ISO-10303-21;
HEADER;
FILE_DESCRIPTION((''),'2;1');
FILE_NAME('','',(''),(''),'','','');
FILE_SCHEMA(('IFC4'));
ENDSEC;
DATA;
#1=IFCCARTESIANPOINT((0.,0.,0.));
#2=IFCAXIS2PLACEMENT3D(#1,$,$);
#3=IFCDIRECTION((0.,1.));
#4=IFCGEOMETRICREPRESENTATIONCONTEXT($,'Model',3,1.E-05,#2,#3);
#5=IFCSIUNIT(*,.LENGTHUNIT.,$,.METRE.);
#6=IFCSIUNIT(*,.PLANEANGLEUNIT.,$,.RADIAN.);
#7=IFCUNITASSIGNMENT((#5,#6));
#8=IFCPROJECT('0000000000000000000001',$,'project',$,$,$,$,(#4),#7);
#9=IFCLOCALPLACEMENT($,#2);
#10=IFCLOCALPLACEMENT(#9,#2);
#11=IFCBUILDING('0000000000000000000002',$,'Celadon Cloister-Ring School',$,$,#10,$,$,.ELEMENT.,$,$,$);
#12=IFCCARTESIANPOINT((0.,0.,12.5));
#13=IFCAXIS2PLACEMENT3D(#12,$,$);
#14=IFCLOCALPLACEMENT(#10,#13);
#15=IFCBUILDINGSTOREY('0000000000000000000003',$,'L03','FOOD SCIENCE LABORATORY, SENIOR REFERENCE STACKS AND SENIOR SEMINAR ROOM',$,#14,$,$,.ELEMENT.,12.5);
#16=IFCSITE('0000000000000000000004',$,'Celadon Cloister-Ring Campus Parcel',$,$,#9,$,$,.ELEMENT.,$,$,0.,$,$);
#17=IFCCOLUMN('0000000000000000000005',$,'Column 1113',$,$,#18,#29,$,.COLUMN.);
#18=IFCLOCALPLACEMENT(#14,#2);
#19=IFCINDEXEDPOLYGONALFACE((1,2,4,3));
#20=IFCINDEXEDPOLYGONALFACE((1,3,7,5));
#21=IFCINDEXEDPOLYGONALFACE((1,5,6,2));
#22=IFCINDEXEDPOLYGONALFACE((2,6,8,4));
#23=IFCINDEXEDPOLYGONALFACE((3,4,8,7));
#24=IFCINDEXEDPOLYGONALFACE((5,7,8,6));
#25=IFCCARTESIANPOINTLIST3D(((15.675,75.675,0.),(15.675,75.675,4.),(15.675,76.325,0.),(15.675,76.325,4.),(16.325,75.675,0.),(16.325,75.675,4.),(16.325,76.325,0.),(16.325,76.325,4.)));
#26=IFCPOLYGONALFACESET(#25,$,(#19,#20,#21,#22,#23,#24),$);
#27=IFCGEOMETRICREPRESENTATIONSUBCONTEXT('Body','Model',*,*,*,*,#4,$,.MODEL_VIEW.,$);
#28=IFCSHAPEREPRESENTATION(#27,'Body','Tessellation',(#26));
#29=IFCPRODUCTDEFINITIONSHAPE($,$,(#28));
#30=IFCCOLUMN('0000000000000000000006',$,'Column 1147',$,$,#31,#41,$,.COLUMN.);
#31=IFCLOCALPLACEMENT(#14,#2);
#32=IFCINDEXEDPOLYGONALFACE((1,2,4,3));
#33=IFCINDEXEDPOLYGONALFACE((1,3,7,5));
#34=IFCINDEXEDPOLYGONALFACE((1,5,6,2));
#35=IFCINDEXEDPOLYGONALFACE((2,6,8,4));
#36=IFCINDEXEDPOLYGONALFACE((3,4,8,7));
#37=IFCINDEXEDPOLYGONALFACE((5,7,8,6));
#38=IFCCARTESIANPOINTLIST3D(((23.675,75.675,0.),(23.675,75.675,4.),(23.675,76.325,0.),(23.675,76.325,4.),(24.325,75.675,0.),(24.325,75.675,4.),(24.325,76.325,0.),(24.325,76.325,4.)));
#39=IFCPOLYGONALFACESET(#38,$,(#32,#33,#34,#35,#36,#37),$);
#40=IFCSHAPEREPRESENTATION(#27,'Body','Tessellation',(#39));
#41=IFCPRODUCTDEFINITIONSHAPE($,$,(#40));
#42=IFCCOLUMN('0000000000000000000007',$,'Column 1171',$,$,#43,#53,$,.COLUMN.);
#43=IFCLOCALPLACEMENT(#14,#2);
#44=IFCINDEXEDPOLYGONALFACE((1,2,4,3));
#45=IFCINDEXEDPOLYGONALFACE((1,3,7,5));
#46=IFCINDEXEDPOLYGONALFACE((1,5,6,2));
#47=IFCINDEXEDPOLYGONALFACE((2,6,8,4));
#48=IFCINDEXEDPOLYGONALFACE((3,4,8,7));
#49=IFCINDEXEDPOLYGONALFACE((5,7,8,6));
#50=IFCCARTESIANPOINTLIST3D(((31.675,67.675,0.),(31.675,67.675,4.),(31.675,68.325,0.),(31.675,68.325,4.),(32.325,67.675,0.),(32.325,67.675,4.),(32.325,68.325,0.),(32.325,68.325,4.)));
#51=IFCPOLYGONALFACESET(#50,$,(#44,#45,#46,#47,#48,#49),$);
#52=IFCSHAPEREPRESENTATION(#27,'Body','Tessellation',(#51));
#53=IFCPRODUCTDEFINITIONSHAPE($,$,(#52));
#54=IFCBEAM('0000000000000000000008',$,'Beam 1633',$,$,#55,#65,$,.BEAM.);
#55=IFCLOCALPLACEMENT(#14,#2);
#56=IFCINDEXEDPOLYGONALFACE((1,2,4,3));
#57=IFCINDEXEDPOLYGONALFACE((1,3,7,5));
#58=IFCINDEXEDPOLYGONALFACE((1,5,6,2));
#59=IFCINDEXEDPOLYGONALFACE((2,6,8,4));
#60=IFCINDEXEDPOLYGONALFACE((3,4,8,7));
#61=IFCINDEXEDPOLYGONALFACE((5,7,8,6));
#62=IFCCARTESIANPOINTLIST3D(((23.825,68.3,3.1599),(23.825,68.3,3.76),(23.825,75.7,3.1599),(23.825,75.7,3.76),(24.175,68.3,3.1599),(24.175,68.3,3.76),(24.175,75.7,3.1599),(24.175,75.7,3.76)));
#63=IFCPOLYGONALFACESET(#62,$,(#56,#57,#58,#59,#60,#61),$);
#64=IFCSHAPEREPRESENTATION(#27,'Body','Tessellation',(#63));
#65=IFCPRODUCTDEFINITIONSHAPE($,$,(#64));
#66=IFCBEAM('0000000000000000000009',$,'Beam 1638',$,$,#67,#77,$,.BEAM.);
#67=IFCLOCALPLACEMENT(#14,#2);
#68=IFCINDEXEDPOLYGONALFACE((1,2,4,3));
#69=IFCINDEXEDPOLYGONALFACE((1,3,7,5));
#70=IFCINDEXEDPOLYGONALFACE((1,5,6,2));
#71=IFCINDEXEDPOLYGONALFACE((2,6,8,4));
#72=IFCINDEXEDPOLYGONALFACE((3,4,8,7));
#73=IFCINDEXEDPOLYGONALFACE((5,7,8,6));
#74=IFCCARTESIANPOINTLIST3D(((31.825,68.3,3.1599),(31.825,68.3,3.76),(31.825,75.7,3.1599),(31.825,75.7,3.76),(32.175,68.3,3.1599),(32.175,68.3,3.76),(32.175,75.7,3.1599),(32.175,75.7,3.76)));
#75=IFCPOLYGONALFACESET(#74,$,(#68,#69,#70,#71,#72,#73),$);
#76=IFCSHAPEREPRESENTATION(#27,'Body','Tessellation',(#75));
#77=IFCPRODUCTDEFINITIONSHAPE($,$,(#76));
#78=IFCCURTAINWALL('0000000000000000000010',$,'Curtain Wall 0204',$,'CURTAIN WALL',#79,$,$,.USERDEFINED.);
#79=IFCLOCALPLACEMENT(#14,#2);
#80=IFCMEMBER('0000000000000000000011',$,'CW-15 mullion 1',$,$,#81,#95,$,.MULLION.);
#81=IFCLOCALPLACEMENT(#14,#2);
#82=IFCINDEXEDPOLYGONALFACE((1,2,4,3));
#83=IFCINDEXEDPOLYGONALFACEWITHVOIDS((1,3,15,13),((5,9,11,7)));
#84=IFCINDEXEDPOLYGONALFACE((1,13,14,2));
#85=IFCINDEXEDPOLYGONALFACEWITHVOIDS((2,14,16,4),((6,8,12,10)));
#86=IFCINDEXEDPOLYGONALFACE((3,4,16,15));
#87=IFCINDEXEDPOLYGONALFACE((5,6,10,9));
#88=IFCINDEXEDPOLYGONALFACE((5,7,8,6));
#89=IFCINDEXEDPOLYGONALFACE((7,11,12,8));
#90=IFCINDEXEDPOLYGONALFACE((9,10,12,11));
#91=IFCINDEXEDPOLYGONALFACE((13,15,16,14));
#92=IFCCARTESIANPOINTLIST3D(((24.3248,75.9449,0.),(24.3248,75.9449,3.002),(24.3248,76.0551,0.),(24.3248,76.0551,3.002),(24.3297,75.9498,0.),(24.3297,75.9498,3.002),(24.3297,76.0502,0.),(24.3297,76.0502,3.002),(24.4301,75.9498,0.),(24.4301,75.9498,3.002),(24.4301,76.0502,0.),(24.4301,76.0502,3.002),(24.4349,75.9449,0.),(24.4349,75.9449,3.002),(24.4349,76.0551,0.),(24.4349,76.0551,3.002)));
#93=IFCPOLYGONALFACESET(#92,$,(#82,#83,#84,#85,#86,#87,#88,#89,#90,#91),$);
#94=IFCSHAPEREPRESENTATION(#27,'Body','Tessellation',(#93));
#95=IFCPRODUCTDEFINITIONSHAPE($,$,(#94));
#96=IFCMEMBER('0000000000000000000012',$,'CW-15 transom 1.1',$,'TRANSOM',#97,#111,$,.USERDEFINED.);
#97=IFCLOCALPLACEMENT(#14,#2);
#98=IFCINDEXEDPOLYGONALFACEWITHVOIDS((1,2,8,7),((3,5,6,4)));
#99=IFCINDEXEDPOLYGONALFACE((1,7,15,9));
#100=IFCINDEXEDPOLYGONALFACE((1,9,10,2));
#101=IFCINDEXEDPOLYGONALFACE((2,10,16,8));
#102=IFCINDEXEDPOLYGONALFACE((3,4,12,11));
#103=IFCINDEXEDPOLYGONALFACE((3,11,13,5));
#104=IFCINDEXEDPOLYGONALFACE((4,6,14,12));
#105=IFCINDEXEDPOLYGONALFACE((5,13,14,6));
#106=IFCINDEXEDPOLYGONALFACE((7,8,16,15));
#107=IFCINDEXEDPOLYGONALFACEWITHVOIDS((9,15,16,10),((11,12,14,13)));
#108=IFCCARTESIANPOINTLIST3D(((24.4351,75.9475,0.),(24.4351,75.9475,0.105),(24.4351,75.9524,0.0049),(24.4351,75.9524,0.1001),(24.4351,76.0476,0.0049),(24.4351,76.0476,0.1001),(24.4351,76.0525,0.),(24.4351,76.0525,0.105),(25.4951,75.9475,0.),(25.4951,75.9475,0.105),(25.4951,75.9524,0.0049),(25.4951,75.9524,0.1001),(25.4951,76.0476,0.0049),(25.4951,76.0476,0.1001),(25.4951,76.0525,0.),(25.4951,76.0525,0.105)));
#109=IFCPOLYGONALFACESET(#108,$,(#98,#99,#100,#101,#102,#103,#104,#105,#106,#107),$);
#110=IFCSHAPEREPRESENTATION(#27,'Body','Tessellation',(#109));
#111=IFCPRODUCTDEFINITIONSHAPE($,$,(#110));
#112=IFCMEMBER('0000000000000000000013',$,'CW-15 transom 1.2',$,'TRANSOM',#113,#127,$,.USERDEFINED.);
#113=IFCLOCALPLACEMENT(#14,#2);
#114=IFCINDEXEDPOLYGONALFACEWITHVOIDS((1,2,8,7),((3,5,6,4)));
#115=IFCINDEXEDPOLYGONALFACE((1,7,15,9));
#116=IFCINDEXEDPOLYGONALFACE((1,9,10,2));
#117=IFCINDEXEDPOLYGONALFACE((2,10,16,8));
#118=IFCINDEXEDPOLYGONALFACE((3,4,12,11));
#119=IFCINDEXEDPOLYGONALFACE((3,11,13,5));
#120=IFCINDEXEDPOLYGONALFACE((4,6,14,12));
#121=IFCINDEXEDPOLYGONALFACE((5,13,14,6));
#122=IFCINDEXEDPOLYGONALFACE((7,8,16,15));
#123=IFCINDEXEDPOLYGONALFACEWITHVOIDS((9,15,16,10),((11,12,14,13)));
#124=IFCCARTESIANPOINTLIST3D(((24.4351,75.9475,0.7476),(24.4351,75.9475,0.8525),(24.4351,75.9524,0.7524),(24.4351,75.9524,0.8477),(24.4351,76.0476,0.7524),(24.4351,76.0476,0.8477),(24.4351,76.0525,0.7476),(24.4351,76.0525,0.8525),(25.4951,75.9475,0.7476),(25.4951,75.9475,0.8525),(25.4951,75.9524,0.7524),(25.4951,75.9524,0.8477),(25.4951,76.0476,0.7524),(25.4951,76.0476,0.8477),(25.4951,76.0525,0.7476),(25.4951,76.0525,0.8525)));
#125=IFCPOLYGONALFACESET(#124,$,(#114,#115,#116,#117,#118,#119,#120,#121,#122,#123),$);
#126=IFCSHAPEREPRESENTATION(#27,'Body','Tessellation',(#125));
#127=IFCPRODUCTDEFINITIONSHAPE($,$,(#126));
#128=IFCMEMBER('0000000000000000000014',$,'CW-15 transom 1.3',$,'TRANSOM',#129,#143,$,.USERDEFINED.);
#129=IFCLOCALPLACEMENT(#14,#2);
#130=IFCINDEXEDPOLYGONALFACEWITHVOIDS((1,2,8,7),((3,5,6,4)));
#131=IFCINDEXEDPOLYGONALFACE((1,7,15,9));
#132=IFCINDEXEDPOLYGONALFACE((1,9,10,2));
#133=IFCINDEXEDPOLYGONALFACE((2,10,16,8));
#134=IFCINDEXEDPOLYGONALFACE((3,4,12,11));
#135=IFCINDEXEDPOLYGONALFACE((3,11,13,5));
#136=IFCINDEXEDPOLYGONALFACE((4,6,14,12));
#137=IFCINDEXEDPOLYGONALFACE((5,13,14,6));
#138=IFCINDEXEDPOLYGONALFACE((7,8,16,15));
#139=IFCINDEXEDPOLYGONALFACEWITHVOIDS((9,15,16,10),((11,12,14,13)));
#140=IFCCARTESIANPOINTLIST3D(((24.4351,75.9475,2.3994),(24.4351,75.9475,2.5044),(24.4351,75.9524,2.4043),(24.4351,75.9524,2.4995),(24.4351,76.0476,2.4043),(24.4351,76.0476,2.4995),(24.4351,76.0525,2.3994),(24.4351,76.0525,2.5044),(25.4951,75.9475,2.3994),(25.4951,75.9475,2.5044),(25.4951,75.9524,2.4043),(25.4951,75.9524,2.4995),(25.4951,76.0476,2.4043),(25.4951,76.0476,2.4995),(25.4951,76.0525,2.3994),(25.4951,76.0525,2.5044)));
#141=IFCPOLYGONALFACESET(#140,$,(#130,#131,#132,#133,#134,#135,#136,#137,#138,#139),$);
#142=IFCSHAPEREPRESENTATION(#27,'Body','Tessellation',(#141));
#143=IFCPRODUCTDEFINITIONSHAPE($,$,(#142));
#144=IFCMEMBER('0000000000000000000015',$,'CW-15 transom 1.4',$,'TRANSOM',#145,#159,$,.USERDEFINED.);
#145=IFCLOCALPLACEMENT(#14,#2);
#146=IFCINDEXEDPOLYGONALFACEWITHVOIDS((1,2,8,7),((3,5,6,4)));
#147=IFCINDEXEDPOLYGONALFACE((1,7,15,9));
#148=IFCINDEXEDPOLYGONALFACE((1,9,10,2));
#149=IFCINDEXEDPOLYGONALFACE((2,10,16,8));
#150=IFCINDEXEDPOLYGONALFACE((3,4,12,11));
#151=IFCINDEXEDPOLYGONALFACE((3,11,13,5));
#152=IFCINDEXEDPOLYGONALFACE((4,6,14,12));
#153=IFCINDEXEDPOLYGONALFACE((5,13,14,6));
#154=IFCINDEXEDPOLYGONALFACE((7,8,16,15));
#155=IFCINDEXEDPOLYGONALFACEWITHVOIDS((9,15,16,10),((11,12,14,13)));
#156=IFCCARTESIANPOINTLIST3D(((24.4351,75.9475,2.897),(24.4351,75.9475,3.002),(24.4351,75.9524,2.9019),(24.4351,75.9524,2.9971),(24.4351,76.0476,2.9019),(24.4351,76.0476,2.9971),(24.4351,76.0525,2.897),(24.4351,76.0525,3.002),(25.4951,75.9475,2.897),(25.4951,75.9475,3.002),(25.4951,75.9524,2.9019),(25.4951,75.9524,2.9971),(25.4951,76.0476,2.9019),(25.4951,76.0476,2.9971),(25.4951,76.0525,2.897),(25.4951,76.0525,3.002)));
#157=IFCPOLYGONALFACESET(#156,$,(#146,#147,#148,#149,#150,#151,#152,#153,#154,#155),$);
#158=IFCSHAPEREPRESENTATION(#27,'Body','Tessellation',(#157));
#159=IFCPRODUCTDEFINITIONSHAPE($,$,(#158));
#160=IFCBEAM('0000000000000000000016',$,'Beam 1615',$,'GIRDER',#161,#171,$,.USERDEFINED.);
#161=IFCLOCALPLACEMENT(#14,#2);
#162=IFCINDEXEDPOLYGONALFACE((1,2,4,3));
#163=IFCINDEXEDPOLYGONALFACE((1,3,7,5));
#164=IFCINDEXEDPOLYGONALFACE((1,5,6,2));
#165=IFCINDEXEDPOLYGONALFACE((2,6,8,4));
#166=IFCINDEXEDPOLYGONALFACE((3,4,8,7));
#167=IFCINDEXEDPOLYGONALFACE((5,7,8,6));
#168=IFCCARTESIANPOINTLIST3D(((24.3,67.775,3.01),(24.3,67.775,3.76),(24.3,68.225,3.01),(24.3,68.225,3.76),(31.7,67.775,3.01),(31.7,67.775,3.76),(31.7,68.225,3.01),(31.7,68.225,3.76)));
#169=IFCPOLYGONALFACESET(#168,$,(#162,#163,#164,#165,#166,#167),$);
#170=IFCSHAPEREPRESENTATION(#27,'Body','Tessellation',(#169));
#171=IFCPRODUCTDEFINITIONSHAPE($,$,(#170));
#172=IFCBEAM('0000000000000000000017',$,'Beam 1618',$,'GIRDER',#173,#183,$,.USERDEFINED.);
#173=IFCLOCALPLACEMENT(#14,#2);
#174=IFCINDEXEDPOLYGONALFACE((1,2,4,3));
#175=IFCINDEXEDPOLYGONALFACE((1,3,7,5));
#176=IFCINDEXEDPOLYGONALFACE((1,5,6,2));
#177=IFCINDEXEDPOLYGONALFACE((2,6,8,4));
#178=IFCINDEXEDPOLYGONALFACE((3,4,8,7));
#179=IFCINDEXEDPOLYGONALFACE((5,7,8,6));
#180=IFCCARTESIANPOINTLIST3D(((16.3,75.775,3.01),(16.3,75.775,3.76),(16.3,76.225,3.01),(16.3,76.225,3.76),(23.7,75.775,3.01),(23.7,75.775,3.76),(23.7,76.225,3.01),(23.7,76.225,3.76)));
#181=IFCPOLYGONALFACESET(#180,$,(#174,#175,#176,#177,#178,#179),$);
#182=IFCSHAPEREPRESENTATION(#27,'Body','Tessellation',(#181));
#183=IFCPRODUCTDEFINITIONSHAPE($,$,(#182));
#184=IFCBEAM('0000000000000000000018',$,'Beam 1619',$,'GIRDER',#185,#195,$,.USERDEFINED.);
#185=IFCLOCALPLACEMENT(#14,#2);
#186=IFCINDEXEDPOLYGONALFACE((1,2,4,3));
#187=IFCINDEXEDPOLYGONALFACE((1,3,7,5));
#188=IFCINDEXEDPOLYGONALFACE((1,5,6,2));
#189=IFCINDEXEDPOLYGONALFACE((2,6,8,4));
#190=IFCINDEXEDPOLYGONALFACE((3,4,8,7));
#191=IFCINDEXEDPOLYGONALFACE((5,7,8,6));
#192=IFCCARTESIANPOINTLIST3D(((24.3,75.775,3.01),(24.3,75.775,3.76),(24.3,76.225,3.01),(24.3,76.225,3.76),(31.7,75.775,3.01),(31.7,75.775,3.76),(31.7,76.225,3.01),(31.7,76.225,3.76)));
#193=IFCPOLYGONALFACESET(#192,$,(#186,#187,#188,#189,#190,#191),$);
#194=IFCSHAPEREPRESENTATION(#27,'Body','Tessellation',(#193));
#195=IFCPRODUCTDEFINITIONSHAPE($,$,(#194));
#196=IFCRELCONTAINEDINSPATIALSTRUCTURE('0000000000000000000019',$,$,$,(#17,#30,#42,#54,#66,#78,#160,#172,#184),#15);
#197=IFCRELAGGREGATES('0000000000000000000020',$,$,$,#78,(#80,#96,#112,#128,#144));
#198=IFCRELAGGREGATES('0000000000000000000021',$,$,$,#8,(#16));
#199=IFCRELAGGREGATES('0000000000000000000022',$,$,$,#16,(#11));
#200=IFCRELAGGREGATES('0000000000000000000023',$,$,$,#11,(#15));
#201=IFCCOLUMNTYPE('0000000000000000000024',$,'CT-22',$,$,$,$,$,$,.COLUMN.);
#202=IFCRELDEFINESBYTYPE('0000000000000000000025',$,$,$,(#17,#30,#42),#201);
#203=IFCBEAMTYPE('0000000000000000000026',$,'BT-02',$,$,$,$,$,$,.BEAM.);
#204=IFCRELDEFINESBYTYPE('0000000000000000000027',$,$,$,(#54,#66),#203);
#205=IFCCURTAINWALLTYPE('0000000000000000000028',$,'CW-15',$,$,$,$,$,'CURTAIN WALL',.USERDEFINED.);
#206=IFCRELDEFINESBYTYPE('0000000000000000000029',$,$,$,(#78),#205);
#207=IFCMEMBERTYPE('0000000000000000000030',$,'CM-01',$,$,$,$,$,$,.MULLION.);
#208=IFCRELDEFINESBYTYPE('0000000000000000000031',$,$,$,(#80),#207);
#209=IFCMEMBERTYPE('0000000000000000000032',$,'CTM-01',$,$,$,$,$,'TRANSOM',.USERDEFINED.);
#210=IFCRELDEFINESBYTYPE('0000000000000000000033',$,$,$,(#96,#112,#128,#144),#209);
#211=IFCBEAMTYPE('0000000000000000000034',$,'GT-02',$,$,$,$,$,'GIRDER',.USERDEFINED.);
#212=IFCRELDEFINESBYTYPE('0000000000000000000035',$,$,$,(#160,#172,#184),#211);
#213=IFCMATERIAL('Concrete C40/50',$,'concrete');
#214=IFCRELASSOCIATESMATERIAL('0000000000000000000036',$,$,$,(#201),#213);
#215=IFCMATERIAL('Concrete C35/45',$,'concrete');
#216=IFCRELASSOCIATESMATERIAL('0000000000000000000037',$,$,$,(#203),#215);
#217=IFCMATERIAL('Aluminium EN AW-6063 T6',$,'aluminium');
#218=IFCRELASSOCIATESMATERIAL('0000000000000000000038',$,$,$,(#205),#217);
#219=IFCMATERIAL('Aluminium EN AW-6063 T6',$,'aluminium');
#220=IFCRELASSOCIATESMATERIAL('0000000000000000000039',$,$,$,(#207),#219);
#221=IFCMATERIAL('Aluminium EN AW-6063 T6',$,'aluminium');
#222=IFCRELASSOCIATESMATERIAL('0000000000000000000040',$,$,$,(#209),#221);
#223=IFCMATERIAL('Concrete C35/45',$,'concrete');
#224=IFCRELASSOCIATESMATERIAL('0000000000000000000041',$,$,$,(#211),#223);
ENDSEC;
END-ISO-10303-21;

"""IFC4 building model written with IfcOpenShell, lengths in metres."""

from ifc_helpers import new_model, si_unit, direction, frame, origin, origin_2d, place, context, subcontext, project, spatial, rectangle, hollow_rectangle, extrude, material, material_profile, profile_set, type_object, element, aggregate, save


model = new_model("IFC4")

# Units and contexts
model_context = context("Model", 3, precision=1e-05, world=origin(), true_north=direction((0.0, 1.0)))
body_context = subcontext(model_context, "Body", "Model", "MODEL_VIEW")
ifc_project = project(units=[si_unit("LENGTHUNIT", "METRE"), si_unit("PLANEANGLEUNIT", "RADIAN")], contexts=[model_context])

# Site, building, storey
site_placement = place(None, origin())
site = spatial("IfcSite", under=ifc_project, at=site_placement, Name="Celadon Cloister-Ring Campus Parcel", CompositionType="ELEMENT", RefElevation=0.0)
building_placement = place(site_placement, origin())
building = spatial("IfcBuilding", under=site, at=building_placement, Name="Celadon Cloister-Ring School", CompositionType="ELEMENT")
storey_placement = place(building_placement, frame((0.0, 0.0, 12.5)))
storey = spatial("IfcBuildingStorey", under=building, at=storey_placement, Name="L03", Description="FOOD SCIENCE LABORATORY, SENIOR REFERENCE STACKS AND SENIOR SEMINAR ROOM", CompositionType="ELEMENT", Elevation=12.5)

# Columns
ifc_material_1 = material(Name="Concrete C40/50", Category="concrete")
ifc_material_profile_1 = material_profile(ifc_material_1, rectangle(XDim=0.6499, YDim=0.6499, at=origin_2d()), Name="RC650X650")
ifc_profile_set_1 = profile_set([ifc_material_profile_1], Name="Concrete C40/50")
column_type = type_object("IfcColumnType", Name="CT-22", PredefinedType="COLUMN", material=ifc_profile_set_1)
for number, where, z_axis, x_axis, name in (
    (1, (16.0, 76.0, 0.0), (0.0, 0.0, 1.0), (1.0, 0.0, 0.0), "Column 1113"),
    (2, (24.0, 76.0, 0.0), (0.0, 0.0, 1.0), (1.0, 0.0, 0.0), "Column 1147"),
    (3, (32.0, 68.0, 0.0), (0.0, 0.0, 1.0), (1.0, 0.0, 0.0), "Column 1171"),
):
    element("IfcColumn", number, at=place(storey_placement, frame(where, z_axis=z_axis, x_axis=x_axis)), inside=storey, type_object=column_type, Name=name, PredefinedType="COLUMN", context=body_context, shape_type="SweptSolid", body=[
        extrude(rectangle(XDim=0.6499, YDim=0.6499, at=origin_2d()), origin(), (0.0, 0.0, 1.0), 4.0),
    ])

# Beams
ifc_material_2 = material(Name="Concrete C35/45", Category="concrete")
ifc_material_profile_2 = material_profile(ifc_material_2, rectangle(XDim=0.3501, YDim=0.6001, at=origin_2d()), Name="RC350X600")
ifc_profile_set_2 = profile_set([ifc_material_profile_2], Name="Concrete C35/45")
beam_type_1 = type_object("IfcBeamType", Name="BT-02", PredefinedType="BEAM", material=ifc_profile_set_2)
for number, where, z_axis, x_axis, name in (
    (4, (24.0, 68.3, 3.46), (0.0, 1.0, 0.0), (-1.0, 0.0, 0.0), "Beam 1633"),
    (5, (32.0, 68.3, 3.46), (0.0, 1.0, 0.0), (-1.0, 0.0, 0.0), "Beam 1638"),
):
    element("IfcBeam", number, at=place(storey_placement, frame(where, z_axis=z_axis, x_axis=x_axis)), inside=storey, type_object=beam_type_1, Name=name, PredefinedType="BEAM", context=body_context, shape_type="SweptSolid", body=[
        extrude(rectangle(XDim=0.3501, YDim=0.6001, at=origin_2d()), origin(), (0.0, 0.0, 1.0), 7.3999),
    ])

# Curtain wall, members
ifc_material_3 = material(Name="Aluminium EN AW-6063 T6", Category="aluminium")
curtain_wall_type = type_object("IfcCurtainWallType", Name="CW-15", ElementType="CURTAIN WALL", PredefinedType="USERDEFINED", material=ifc_material_3)
curtain_wall_placement = place(storey_placement, origin())
curtain_wall = element("IfcCurtainWall", 6, at=curtain_wall_placement, inside=storey, type_object=curtain_wall_type, Name="Curtain Wall 0204", ObjectType="CURTAIN WALL", PredefinedType="USERDEFINED")
ifc_material_4 = material(Name="Aluminium EN AW-6063 T6", Category="aluminium")
ifc_material_profile_3 = material_profile(ifc_material_4, hollow_rectangle(XDim=0.1101, YDim=0.1101, WallThickness=0.0049, at=origin_2d()), Name="RHS110X110X5")
ifc_profile_set_3 = profile_set([ifc_material_profile_3], Name="Aluminium EN AW-6063 T6")
member_type_1 = type_object("IfcMemberType", Name="CM-01", PredefinedType="MULLION", material=ifc_profile_set_3)
member_1_placement = place(storey_placement, frame((24.3799, 76.0, 0.0), z_axis=(0.0, 0.0, 1.0), x_axis=(0.0, 1.0, 0.0)))
member_1 = element("IfcMember", 7, at=member_1_placement, type_object=member_type_1, Name="CW-15 mullion 1", PredefinedType="MULLION", context=body_context, shape_type="SweptSolid", body=[
    extrude(hollow_rectangle(XDim=0.1101, YDim=0.1101, WallThickness=0.0049, at=origin_2d()), origin(), (0.0, 0.0, 1.0), 3.002),
])
ifc_material_5 = material(Name="Aluminium EN AW-6063 T6", Category="aluminium")
ifc_material_profile_4 = material_profile(ifc_material_5, hollow_rectangle(XDim=0.105, YDim=0.105, WallThickness=0.0049, at=origin_2d()), Name="RHS105X105X5")
ifc_profile_set_4 = profile_set([ifc_material_profile_4], Name="Aluminium EN AW-6063 T6")
member_type_2 = type_object("IfcMemberType", Name="CTM-01", ElementType="TRANSOM", PredefinedType="USERDEFINED", material=ifc_profile_set_4)
member_2_placement = place(storey_placement, frame((24.4351, 76.0, 0.0525), z_axis=(1.0, 0.0, 0.0), x_axis=(0.0, 1.0, 0.0)))
member_2 = element("IfcMember", 8, at=member_2_placement, type_object=member_type_2, Name="CW-15 transom 1.1", ObjectType="TRANSOM", PredefinedType="USERDEFINED", context=body_context, shape_type="SweptSolid", body=[
    extrude(hollow_rectangle(XDim=0.105, YDim=0.105, WallThickness=0.0049, at=origin_2d()), origin(), (0.0, 0.0, 1.0), 1.0601),
])
member_3_placement = place(storey_placement, frame((24.4351, 76.0, 0.8), z_axis=(1.0, 0.0, 0.0), x_axis=(0.0, 1.0, 0.0)))
member_3 = element("IfcMember", 9, at=member_3_placement, type_object=member_type_2, Name="CW-15 transom 1.2", ObjectType="TRANSOM", PredefinedType="USERDEFINED", context=body_context, shape_type="SweptSolid", body=[
    extrude(hollow_rectangle(XDim=0.105, YDim=0.105, WallThickness=0.0049, at=origin_2d()), origin(), (0.0, 0.0, 1.0), 1.0601),
])
member_4_placement = place(storey_placement, frame((24.4351, 76.0, 2.4519), z_axis=(1.0, 0.0, 0.0), x_axis=(0.0, 1.0, 0.0)))
member_4 = element("IfcMember", 10, at=member_4_placement, type_object=member_type_2, Name="CW-15 transom 1.3", ObjectType="TRANSOM", PredefinedType="USERDEFINED", context=body_context, shape_type="SweptSolid", body=[
    extrude(hollow_rectangle(XDim=0.105, YDim=0.105, WallThickness=0.0049, at=origin_2d()), origin(), (0.0, 0.0, 1.0), 1.0601),
])
member_5_placement = place(storey_placement, frame((24.4351, 76.0, 2.9495), z_axis=(1.0, 0.0, 0.0), x_axis=(0.0, 1.0, 0.0)))
member_5 = element("IfcMember", 11, at=member_5_placement, type_object=member_type_2, Name="CW-15 transom 1.4", ObjectType="TRANSOM", PredefinedType="USERDEFINED", context=body_context, shape_type="SweptSolid", body=[
    extrude(hollow_rectangle(XDim=0.105, YDim=0.105, WallThickness=0.0049, at=origin_2d()), origin(), (0.0, 0.0, 1.0), 1.0601),
])

# Beams
ifc_material_6 = material(Name="Concrete C35/45", Category="concrete")
ifc_material_profile_5 = material_profile(ifc_material_6, rectangle(XDim=0.45, YDim=0.75, at=origin_2d()), Name="RC450X750")
ifc_profile_set_5 = profile_set([ifc_material_profile_5], Name="Concrete C35/45")
beam_type_2 = type_object("IfcBeamType", Name="GT-02", ElementType="GIRDER", PredefinedType="USERDEFINED", material=ifc_profile_set_5)
for number, where, z_axis, x_axis, name in (
    (12, (24.3, 68.0, 3.385), (1.0, 0.0, 0.0), (0.0, 1.0, 0.0), "Beam 1615"),
    (13, (16.3, 76.0, 3.385), (1.0, 0.0, 0.0), (0.0, 1.0, 0.0), "Beam 1618"),
    (14, (24.3, 76.0, 3.385), (1.0, 0.0, 0.0), (0.0, 1.0, 0.0), "Beam 1619"),
):
    element("IfcBeam", number, at=place(storey_placement, frame(where, z_axis=z_axis, x_axis=x_axis)), inside=storey, type_object=beam_type_2, Name=name, ObjectType="GIRDER", PredefinedType="USERDEFINED", context=body_context, shape_type="SweptSolid", body=[
        extrude(rectangle(XDim=0.45, YDim=0.75, at=origin_2d()), origin(), (0.0, 0.0, 1.0), 7.3999),
    ])

aggregate(curtain_wall, [member_1, member_2, member_3, member_4, member_5])

save(model, "model.ifc")
